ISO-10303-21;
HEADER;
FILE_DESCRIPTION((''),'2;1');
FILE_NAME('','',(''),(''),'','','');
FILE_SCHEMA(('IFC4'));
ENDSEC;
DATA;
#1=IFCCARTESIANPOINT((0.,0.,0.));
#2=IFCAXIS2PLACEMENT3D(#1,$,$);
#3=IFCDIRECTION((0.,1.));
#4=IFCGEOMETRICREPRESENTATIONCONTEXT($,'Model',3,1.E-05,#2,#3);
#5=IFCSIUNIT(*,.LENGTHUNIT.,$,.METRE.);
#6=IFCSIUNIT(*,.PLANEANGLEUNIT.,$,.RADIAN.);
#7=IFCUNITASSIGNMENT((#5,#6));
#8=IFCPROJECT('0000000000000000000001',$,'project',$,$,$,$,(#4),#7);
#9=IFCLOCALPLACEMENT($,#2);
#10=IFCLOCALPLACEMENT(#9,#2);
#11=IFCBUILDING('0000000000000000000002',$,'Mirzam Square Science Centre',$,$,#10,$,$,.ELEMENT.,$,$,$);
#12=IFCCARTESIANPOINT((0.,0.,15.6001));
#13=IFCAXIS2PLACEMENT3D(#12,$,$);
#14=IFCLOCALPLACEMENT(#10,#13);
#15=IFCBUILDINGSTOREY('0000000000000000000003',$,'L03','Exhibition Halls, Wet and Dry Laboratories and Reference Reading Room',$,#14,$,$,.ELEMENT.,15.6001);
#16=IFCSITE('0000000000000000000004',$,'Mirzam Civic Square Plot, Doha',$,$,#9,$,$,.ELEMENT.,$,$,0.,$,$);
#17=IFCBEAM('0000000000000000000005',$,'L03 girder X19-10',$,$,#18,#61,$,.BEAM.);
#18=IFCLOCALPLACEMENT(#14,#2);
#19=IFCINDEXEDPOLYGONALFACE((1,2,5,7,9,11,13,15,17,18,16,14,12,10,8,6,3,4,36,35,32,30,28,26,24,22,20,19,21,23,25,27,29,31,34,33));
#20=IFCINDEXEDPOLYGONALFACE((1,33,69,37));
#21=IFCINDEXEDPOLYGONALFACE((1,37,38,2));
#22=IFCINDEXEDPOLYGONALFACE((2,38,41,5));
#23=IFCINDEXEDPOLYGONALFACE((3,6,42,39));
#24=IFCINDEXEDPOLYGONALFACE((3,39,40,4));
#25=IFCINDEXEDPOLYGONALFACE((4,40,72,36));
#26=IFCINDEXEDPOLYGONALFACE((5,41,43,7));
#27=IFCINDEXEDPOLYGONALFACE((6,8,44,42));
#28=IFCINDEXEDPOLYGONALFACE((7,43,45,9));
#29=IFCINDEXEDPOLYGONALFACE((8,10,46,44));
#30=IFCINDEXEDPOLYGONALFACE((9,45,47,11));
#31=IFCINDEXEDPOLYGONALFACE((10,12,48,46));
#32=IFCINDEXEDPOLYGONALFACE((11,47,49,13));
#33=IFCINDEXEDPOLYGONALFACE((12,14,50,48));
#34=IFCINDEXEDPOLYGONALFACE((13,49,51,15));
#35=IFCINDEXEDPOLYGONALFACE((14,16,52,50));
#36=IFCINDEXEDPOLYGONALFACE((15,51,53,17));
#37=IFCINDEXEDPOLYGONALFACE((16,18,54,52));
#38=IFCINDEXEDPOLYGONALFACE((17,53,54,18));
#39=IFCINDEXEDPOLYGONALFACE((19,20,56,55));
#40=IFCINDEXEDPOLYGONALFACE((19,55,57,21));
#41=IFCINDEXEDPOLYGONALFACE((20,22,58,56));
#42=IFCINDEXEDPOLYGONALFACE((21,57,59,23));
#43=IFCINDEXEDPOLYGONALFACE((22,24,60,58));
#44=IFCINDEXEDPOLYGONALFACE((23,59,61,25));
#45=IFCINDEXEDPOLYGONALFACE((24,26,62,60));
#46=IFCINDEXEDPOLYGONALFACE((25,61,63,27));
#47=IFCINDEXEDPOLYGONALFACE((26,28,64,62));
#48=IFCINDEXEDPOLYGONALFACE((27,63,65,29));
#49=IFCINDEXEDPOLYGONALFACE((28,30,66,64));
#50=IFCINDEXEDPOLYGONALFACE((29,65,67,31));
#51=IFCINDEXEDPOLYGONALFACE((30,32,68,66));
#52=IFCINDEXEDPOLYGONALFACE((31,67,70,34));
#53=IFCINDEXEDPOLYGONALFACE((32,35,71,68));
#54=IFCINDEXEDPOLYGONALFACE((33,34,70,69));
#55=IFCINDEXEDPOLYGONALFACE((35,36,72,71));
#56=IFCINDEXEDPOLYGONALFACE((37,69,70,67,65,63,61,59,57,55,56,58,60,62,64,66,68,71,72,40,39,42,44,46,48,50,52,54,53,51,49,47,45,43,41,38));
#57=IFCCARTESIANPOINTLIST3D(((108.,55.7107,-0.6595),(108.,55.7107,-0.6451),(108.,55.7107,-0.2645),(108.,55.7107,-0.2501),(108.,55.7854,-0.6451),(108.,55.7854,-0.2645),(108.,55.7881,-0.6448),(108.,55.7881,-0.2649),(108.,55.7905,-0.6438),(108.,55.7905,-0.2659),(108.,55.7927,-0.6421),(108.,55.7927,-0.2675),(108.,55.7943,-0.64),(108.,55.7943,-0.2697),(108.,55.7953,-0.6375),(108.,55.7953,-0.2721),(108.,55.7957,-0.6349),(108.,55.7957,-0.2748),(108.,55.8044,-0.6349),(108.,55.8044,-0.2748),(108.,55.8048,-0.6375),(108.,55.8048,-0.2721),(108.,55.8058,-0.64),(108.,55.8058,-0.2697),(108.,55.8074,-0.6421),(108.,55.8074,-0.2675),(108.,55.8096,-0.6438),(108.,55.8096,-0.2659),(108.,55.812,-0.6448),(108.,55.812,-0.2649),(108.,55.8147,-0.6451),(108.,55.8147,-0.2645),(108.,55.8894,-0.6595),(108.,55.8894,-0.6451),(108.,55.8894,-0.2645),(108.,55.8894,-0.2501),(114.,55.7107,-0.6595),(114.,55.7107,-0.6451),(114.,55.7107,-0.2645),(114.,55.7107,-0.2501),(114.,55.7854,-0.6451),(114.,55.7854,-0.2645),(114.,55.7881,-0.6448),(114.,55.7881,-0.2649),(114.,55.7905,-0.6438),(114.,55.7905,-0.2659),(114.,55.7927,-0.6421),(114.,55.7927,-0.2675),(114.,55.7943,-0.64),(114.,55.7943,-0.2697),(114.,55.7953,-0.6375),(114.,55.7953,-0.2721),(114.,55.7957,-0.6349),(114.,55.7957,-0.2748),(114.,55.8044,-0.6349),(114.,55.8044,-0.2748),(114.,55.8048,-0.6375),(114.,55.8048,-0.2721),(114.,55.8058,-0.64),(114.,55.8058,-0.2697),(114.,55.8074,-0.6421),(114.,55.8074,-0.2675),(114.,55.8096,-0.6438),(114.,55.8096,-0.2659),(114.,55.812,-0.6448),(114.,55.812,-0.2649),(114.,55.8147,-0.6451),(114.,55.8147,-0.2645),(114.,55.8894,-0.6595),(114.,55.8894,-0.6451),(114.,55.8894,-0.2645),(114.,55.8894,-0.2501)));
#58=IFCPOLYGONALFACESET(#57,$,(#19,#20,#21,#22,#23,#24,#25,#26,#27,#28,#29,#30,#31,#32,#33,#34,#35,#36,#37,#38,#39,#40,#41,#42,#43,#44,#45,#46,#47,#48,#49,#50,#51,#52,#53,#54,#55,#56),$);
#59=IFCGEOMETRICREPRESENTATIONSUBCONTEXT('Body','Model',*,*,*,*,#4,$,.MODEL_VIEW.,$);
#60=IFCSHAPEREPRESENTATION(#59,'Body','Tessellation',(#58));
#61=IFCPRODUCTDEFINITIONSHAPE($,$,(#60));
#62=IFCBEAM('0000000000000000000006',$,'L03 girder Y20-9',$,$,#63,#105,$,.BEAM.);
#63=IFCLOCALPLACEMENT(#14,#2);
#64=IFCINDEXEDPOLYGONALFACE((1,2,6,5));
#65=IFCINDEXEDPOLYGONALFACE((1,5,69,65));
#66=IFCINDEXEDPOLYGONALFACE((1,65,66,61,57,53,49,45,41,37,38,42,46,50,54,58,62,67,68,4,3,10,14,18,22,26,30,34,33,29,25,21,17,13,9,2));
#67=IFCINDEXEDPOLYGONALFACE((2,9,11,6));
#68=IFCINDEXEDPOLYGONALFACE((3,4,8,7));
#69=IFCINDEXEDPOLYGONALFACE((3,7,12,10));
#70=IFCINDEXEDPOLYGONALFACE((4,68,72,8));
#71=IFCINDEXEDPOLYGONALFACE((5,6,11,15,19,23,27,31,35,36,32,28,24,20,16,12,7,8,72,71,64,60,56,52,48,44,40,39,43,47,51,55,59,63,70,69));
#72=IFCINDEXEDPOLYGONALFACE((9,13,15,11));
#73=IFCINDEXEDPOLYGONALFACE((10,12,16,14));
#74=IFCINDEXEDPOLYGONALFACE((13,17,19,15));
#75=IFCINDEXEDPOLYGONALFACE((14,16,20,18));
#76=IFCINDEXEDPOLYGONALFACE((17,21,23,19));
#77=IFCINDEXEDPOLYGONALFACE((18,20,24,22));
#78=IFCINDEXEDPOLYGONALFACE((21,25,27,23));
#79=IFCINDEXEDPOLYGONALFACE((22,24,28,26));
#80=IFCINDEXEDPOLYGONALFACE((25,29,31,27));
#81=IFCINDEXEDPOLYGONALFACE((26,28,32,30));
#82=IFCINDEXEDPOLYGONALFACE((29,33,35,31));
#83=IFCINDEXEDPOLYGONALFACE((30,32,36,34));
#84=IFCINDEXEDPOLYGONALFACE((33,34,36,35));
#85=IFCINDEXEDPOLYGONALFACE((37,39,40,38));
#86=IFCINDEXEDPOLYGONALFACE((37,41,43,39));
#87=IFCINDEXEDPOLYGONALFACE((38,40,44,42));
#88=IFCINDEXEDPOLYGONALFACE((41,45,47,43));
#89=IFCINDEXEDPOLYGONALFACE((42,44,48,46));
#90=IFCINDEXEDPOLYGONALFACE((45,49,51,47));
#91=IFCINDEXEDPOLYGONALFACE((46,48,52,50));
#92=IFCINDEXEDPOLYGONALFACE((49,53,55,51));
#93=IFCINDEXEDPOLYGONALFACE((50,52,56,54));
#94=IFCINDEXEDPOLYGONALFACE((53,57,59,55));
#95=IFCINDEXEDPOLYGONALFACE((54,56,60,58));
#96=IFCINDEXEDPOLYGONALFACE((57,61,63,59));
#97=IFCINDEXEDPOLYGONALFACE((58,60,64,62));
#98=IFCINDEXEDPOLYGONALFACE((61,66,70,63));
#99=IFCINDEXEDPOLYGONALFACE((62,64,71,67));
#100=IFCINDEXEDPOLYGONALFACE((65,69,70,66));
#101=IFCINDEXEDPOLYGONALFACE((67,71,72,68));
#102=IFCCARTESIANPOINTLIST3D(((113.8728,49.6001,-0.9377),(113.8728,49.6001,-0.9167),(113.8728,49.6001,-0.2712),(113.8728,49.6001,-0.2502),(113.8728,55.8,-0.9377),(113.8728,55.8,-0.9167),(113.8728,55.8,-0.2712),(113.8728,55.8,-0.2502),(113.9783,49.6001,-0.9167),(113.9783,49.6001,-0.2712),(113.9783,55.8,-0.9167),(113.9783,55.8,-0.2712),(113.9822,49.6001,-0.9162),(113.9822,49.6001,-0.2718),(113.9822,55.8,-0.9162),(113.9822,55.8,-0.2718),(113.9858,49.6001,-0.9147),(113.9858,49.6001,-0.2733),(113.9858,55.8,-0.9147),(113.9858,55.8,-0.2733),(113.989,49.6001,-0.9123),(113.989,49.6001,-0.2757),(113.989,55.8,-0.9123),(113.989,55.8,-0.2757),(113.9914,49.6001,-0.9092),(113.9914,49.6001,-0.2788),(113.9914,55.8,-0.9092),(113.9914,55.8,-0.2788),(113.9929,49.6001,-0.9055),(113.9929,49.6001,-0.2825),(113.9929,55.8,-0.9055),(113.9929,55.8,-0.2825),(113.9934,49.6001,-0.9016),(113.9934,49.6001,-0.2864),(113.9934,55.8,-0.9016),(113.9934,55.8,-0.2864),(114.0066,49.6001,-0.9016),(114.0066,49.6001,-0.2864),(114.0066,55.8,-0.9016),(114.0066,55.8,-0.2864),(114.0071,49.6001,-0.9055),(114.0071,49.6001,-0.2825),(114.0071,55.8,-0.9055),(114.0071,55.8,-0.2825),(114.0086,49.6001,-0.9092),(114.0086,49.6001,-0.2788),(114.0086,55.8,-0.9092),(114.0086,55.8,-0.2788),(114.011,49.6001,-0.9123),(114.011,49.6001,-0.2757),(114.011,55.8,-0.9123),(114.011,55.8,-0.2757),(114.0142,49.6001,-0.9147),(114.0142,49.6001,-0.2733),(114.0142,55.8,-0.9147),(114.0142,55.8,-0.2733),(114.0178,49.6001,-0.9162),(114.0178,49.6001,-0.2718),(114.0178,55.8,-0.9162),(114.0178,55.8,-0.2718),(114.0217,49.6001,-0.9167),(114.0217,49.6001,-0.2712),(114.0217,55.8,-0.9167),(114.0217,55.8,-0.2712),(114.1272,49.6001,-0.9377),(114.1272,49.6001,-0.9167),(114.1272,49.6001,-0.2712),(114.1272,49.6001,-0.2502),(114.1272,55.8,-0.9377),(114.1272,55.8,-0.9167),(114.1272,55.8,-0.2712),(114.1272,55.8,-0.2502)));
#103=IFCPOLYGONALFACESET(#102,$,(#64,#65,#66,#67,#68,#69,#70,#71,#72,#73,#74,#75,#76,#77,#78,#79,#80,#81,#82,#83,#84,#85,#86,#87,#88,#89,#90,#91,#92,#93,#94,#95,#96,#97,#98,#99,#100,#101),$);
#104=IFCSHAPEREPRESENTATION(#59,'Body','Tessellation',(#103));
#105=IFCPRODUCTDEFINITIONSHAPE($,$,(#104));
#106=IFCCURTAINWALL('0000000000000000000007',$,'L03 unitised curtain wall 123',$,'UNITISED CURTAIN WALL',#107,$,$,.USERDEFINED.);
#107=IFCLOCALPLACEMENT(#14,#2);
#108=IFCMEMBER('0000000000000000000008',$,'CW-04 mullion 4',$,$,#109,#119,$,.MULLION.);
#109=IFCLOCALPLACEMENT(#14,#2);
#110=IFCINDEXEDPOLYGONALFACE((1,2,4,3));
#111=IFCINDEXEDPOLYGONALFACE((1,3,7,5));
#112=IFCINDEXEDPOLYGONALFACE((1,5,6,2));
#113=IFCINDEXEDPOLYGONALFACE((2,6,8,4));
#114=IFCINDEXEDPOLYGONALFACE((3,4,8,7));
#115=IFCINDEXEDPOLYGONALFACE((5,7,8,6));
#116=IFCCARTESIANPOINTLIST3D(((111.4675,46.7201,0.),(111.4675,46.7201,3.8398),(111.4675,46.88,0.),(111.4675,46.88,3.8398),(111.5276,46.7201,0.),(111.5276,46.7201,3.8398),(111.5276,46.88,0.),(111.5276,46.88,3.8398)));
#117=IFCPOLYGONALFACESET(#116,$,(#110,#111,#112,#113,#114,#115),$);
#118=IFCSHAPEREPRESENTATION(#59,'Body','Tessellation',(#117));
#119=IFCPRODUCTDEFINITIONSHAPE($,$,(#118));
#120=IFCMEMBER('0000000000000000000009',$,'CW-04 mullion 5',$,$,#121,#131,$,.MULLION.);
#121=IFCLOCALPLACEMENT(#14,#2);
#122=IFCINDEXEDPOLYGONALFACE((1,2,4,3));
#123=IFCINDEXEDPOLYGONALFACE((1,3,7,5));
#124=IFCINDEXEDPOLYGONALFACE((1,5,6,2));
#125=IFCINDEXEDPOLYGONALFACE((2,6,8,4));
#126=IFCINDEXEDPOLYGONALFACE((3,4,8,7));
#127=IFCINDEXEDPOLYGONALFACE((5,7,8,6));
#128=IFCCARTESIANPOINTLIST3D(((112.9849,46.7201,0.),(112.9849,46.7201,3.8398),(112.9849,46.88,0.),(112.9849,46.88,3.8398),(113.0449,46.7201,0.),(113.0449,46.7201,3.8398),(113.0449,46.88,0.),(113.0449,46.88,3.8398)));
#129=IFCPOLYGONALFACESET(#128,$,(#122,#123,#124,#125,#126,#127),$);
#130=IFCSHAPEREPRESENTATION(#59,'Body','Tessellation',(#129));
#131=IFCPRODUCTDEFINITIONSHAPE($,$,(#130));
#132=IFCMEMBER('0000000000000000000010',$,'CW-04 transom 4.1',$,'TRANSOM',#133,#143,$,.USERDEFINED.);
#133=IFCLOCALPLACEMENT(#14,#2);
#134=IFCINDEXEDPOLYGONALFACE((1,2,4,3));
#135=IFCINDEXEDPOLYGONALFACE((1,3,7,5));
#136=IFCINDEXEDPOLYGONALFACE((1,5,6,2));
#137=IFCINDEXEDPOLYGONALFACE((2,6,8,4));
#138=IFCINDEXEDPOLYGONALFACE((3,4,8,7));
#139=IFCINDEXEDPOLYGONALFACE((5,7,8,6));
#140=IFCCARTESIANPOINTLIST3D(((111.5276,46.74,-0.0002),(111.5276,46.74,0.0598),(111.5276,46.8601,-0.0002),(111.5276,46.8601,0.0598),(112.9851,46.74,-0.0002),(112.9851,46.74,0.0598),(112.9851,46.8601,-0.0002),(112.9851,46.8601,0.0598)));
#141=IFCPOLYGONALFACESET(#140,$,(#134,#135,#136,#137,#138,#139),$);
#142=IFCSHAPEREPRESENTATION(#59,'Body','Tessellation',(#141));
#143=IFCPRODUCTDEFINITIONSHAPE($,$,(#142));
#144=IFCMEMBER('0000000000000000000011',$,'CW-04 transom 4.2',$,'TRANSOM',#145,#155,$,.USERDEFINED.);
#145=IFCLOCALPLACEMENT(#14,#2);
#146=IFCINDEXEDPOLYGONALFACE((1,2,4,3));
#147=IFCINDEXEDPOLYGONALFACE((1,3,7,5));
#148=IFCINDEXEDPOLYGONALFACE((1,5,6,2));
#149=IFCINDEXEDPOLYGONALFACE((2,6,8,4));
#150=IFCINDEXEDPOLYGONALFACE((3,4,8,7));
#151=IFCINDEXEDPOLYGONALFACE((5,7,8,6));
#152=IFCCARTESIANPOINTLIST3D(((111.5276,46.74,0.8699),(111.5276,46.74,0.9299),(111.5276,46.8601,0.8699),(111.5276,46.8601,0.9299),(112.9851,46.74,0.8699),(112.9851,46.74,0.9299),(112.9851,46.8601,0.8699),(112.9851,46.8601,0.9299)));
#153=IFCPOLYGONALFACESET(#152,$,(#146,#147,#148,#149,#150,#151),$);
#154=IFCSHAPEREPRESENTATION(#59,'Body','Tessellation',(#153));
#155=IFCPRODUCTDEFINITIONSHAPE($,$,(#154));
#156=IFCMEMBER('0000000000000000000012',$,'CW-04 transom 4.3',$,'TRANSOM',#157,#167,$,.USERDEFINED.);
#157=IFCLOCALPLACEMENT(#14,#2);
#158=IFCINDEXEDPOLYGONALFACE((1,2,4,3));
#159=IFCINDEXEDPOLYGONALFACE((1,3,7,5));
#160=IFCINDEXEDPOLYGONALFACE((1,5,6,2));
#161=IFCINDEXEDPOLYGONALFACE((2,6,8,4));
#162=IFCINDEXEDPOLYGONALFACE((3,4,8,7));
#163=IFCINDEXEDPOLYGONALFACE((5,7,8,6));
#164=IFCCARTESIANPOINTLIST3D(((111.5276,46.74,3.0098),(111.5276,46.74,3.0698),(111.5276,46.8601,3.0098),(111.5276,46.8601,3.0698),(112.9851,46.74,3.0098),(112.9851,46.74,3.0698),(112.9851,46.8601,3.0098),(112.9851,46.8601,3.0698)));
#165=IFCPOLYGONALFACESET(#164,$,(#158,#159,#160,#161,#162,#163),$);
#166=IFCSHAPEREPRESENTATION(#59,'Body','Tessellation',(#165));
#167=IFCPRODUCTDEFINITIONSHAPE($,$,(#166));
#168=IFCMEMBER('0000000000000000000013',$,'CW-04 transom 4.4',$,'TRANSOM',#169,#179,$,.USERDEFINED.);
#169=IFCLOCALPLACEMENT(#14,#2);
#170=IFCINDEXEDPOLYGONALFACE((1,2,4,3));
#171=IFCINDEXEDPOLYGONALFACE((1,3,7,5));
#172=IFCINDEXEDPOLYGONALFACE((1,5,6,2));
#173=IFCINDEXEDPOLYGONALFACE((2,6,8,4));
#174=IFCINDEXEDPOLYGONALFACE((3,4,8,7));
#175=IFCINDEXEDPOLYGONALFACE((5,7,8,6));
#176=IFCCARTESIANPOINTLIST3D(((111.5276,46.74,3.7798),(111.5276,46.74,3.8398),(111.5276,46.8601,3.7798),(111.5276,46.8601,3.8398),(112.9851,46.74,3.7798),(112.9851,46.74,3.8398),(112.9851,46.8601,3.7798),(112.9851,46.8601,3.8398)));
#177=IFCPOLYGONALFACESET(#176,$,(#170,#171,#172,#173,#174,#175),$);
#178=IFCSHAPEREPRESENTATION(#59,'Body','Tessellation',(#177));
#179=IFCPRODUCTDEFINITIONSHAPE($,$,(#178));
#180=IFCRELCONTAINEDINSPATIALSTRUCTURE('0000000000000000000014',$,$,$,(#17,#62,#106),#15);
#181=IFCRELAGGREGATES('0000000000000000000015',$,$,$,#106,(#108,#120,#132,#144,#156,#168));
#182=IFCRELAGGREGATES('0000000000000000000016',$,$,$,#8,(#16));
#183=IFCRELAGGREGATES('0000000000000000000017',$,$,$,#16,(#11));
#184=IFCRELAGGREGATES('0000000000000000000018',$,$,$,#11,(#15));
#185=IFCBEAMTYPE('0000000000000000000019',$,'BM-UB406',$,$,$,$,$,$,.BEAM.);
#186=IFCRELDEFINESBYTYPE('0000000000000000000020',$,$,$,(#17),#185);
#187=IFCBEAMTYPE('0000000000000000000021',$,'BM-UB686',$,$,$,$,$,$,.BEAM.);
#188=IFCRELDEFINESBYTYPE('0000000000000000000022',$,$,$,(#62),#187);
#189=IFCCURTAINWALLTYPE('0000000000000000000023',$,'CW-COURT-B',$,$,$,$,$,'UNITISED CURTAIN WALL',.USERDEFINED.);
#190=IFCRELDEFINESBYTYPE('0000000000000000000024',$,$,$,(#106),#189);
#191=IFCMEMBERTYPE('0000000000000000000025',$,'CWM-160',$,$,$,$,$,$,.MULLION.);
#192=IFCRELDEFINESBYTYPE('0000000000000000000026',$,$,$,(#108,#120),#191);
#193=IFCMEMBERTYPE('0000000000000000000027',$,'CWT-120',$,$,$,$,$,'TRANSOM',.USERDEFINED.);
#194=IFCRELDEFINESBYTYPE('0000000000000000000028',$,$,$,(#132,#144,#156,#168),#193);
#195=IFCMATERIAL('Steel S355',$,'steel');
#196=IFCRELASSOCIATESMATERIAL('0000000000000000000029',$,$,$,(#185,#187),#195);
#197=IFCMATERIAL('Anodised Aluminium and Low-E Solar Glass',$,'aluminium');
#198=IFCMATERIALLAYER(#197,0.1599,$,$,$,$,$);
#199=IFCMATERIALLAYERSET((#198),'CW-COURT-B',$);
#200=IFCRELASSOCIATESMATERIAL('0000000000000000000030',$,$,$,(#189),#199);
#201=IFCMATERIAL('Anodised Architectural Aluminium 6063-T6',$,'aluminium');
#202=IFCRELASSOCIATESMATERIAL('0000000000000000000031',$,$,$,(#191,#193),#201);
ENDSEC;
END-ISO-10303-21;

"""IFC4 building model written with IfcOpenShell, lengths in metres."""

from ifc_helpers import new_model, si_unit, direction, frame, origin, origin_2d, place, context, subcontext, project, spatial, rectangle, i_section, extrude, material, layer, layer_set, material_profile, profile_set, type_object, element, aggregate, save


model = new_model("IFC4")

# Units and contexts
model_context = context("Model", 3, precision=1e-05, world=origin(), true_north=direction((0.0, 1.0)))
body_context = subcontext(model_context, "Body", "Model", "MODEL_VIEW")
ifc_project = project(units=[si_unit("LENGTHUNIT", "METRE"), si_unit("PLANEANGLEUNIT", "RADIAN")], contexts=[model_context])

# Site, building, storey
site_placement = place(None, origin())
site = spatial("IfcSite", under=ifc_project, at=site_placement, Name="Mirzam Civic Square Plot, Doha", CompositionType="ELEMENT", RefElevation=0.0)
building_placement = place(site_placement, origin())
building = spatial("IfcBuilding", under=site, at=building_placement, Name="Mirzam Square Science Centre", CompositionType="ELEMENT")
storey_placement = place(building_placement, frame((0.0, 0.0, 15.6001)))
storey = spatial("IfcBuildingStorey", under=building, at=storey_placement, Name="L03", Description="Exhibition Halls, Wet and Dry Laboratories and Reference Reading Room", CompositionType="ELEMENT", Elevation=15.6001)

# Shared definitions
ifc_material_1 = material(Name="Steel S355", Category="steel")

# Beams
ifc_material_profile_1 = material_profile(ifc_material_1, i_section(OverallWidth=0.1787, OverallDepth=0.4094, WebThickness=0.0088, FlangeThickness=0.0144, FilletRadius=0.0103, at=origin_2d()), Name="406x178x67UB")
ifc_profile_set_1 = profile_set([ifc_material_profile_1], Name="Steel S355")
beam_type_1 = type_object("IfcBeamType", Name="BM-UB406", PredefinedType="BEAM", material=ifc_profile_set_1)
beam_1_placement = place(storey_placement, frame((108.0, 55.8, -0.4548), z_axis=(1.0, 0.0, 0.0), x_axis=(0.0, 1.0, 0.0)))
element("IfcBeam", 1, at=beam_1_placement, inside=storey, type_object=beam_type_1, Name="L03 girder X19-10", PredefinedType="BEAM", context=body_context, shape_type="SweptSolid", body=[
    extrude(i_section(OverallWidth=0.1787, OverallDepth=0.4094, WebThickness=0.0088, FlangeThickness=0.0144, FilletRadius=0.0103, at=origin_2d()), origin(), (0.0, 0.0, 1.0), 6.0),
])
ifc_material_profile_2 = material_profile(ifc_material_1, i_section(OverallWidth=0.2544, OverallDepth=0.6875, WebThickness=0.0132, FlangeThickness=0.021, FilletRadius=0.0151, at=origin_2d()), Name="686x254x152UB")
ifc_profile_set_2 = profile_set([ifc_material_profile_2], Name="Steel S355")
beam_type_2 = type_object("IfcBeamType", Name="BM-UB686", PredefinedType="BEAM", material=ifc_profile_set_2)
beam_2_placement = place(storey_placement, frame((114.0, 49.6001, -0.594), z_axis=(0.0, 1.0, 0.0), x_axis=(-1.0, 0.0, 0.0)))
element("IfcBeam", 2, at=beam_2_placement, inside=storey, type_object=beam_type_2, Name="L03 girder Y20-9", PredefinedType="BEAM", context=body_context, shape_type="SweptSolid", body=[
    extrude(i_section(OverallWidth=0.2544, OverallDepth=0.6875, WebThickness=0.0132, FlangeThickness=0.021, FilletRadius=0.0151, at=origin_2d()), origin(), (0.0, 0.0, 1.0), 6.2),
])

# Curtain wall, members
ifc_material_2 = material(Name="Anodised Aluminium and Low-E Solar Glass", Category="aluminium")
ifc_layer_1 = layer(ifc_material_2, 0.1599)
ifc_layer_set_1 = layer_set([ifc_layer_1], Name="CW-COURT-B")
curtain_wall_type = type_object("IfcCurtainWallType", Name="CW-COURT-B", ElementType="UNITISED CURTAIN WALL", PredefinedType="USERDEFINED", material=ifc_layer_set_1)
curtain_wall_placement = place(storey_placement, origin())
curtain_wall = element("IfcCurtainWall", 3, at=curtain_wall_placement, inside=storey, type_object=curtain_wall_type, Name="L03 unitised curtain wall 123", ObjectType="UNITISED CURTAIN WALL", PredefinedType="USERDEFINED")
ifc_material_3 = material(Name="Anodised Architectural Aluminium 6063-T6", Category="aluminium")
ifc_material_profile_3 = material_profile(ifc_material_3, rectangle(XDim=0.0601, YDim=0.1599, at=origin_2d()), Name="ALU-MULL-160x60x4")
ifc_profile_set_3 = profile_set([ifc_material_profile_3], Name="Anodised Architectural Aluminium 6063-T6")
member_type_1 = type_object("IfcMemberType", Name="CWM-160", PredefinedType="MULLION", material=ifc_profile_set_3)
member_1_placement = place(storey_placement, frame((111.4976, 46.8, 0.0), z_axis=(0.0, 0.0, 1.0), x_axis=(1.0, 0.0, 0.0)))
member_1 = element("IfcMember", 4, at=member_1_placement, type_object=member_type_1, Name="CW-04 mullion 4", PredefinedType="MULLION", context=body_context, shape_type="SweptSolid", body=[
    extrude(rectangle(XDim=0.0601, YDim=0.1599, at=origin_2d()), origin(), (0.0, 0.0, 1.0), 3.8398),
])
member_2_placement = place(storey_placement, frame((113.0149, 46.8, 0.0), z_axis=(0.0, 0.0, 1.0), x_axis=(1.0, 0.0, 0.0)))
member_2 = element("IfcMember", 5, at=member_2_placement, type_object=member_type_1, Name="CW-04 mullion 5", PredefinedType="MULLION", context=body_context, shape_type="SweptSolid", body=[
    extrude(rectangle(XDim=0.0601, YDim=0.1599, at=origin_2d()), origin(), (0.0, 0.0, 1.0), 3.8398),
])
ifc_material_profile_4 = material_profile(ifc_material_3, rectangle(XDim=0.1201, YDim=0.0601, at=origin_2d()), Name="ALU-TRAN-120x60x4")
ifc_profile_set_4 = profile_set([ifc_material_profile_4], Name="Anodised Architectural Aluminium 6063-T6")
member_type_2 = type_object("IfcMemberType", Name="CWT-120", ElementType="TRANSOM", PredefinedType="USERDEFINED", material=ifc_profile_set_4)
member_3_placement = place(storey_placement, frame((111.5276, 46.8, 0.0298), z_axis=(1.0, 0.0, 0.0), x_axis=(0.0, 1.0, 0.0)))
member_3 = element("IfcMember", 6, at=member_3_placement, type_object=member_type_2, Name="CW-04 transom 4.1", ObjectType="TRANSOM", PredefinedType="USERDEFINED", context=body_context, shape_type="SweptSolid", body=[
    extrude(rectangle(XDim=0.1201, YDim=0.0601, at=origin_2d()), origin(), (0.0, 0.0, 1.0), 1.4575),
])
member_4_placement = place(storey_placement, frame((111.5276, 46.8, 0.8999), z_axis=(1.0, 0.0, 0.0), x_axis=(0.0, 1.0, 0.0)))
member_4 = element("IfcMember", 7, at=member_4_placement, type_object=member_type_2, Name="CW-04 transom 4.2", ObjectType="TRANSOM", PredefinedType="USERDEFINED", context=body_context, shape_type="SweptSolid", body=[
    extrude(rectangle(XDim=0.1201, YDim=0.0601, at=origin_2d()), origin(), (0.0, 0.0, 1.0), 1.4575),
])
member_5_placement = place(storey_placement, frame((111.5276, 46.8, 3.0398), z_axis=(1.0, 0.0, 0.0), x_axis=(0.0, 1.0, 0.0)))
member_5 = element("IfcMember", 8, at=member_5_placement, type_object=member_type_2, Name="CW-04 transom 4.3", ObjectType="TRANSOM", PredefinedType="USERDEFINED", context=body_context, shape_type="SweptSolid", body=[
    extrude(rectangle(XDim=0.1201, YDim=0.0601, at=origin_2d()), origin(), (0.0, 0.0, 1.0), 1.4575),
])
member_6_placement = place(storey_placement, frame((111.5276, 46.8, 3.8098), z_axis=(1.0, 0.0, 0.0), x_axis=(0.0, 1.0, 0.0)))
member_6 = element("IfcMember", 9, at=member_6_placement, type_object=member_type_2, Name="CW-04 transom 4.4", ObjectType="TRANSOM", PredefinedType="USERDEFINED", context=body_context, shape_type="SweptSolid", body=[
    extrude(rectangle(XDim=0.1201, YDim=0.0601, at=origin_2d()), origin(), (0.0, 0.0, 1.0), 1.4575),
])

aggregate(curtain_wall, [member_1, member_2, member_3, member_4, member_5, member_6])

save(model, "model.ifc")
